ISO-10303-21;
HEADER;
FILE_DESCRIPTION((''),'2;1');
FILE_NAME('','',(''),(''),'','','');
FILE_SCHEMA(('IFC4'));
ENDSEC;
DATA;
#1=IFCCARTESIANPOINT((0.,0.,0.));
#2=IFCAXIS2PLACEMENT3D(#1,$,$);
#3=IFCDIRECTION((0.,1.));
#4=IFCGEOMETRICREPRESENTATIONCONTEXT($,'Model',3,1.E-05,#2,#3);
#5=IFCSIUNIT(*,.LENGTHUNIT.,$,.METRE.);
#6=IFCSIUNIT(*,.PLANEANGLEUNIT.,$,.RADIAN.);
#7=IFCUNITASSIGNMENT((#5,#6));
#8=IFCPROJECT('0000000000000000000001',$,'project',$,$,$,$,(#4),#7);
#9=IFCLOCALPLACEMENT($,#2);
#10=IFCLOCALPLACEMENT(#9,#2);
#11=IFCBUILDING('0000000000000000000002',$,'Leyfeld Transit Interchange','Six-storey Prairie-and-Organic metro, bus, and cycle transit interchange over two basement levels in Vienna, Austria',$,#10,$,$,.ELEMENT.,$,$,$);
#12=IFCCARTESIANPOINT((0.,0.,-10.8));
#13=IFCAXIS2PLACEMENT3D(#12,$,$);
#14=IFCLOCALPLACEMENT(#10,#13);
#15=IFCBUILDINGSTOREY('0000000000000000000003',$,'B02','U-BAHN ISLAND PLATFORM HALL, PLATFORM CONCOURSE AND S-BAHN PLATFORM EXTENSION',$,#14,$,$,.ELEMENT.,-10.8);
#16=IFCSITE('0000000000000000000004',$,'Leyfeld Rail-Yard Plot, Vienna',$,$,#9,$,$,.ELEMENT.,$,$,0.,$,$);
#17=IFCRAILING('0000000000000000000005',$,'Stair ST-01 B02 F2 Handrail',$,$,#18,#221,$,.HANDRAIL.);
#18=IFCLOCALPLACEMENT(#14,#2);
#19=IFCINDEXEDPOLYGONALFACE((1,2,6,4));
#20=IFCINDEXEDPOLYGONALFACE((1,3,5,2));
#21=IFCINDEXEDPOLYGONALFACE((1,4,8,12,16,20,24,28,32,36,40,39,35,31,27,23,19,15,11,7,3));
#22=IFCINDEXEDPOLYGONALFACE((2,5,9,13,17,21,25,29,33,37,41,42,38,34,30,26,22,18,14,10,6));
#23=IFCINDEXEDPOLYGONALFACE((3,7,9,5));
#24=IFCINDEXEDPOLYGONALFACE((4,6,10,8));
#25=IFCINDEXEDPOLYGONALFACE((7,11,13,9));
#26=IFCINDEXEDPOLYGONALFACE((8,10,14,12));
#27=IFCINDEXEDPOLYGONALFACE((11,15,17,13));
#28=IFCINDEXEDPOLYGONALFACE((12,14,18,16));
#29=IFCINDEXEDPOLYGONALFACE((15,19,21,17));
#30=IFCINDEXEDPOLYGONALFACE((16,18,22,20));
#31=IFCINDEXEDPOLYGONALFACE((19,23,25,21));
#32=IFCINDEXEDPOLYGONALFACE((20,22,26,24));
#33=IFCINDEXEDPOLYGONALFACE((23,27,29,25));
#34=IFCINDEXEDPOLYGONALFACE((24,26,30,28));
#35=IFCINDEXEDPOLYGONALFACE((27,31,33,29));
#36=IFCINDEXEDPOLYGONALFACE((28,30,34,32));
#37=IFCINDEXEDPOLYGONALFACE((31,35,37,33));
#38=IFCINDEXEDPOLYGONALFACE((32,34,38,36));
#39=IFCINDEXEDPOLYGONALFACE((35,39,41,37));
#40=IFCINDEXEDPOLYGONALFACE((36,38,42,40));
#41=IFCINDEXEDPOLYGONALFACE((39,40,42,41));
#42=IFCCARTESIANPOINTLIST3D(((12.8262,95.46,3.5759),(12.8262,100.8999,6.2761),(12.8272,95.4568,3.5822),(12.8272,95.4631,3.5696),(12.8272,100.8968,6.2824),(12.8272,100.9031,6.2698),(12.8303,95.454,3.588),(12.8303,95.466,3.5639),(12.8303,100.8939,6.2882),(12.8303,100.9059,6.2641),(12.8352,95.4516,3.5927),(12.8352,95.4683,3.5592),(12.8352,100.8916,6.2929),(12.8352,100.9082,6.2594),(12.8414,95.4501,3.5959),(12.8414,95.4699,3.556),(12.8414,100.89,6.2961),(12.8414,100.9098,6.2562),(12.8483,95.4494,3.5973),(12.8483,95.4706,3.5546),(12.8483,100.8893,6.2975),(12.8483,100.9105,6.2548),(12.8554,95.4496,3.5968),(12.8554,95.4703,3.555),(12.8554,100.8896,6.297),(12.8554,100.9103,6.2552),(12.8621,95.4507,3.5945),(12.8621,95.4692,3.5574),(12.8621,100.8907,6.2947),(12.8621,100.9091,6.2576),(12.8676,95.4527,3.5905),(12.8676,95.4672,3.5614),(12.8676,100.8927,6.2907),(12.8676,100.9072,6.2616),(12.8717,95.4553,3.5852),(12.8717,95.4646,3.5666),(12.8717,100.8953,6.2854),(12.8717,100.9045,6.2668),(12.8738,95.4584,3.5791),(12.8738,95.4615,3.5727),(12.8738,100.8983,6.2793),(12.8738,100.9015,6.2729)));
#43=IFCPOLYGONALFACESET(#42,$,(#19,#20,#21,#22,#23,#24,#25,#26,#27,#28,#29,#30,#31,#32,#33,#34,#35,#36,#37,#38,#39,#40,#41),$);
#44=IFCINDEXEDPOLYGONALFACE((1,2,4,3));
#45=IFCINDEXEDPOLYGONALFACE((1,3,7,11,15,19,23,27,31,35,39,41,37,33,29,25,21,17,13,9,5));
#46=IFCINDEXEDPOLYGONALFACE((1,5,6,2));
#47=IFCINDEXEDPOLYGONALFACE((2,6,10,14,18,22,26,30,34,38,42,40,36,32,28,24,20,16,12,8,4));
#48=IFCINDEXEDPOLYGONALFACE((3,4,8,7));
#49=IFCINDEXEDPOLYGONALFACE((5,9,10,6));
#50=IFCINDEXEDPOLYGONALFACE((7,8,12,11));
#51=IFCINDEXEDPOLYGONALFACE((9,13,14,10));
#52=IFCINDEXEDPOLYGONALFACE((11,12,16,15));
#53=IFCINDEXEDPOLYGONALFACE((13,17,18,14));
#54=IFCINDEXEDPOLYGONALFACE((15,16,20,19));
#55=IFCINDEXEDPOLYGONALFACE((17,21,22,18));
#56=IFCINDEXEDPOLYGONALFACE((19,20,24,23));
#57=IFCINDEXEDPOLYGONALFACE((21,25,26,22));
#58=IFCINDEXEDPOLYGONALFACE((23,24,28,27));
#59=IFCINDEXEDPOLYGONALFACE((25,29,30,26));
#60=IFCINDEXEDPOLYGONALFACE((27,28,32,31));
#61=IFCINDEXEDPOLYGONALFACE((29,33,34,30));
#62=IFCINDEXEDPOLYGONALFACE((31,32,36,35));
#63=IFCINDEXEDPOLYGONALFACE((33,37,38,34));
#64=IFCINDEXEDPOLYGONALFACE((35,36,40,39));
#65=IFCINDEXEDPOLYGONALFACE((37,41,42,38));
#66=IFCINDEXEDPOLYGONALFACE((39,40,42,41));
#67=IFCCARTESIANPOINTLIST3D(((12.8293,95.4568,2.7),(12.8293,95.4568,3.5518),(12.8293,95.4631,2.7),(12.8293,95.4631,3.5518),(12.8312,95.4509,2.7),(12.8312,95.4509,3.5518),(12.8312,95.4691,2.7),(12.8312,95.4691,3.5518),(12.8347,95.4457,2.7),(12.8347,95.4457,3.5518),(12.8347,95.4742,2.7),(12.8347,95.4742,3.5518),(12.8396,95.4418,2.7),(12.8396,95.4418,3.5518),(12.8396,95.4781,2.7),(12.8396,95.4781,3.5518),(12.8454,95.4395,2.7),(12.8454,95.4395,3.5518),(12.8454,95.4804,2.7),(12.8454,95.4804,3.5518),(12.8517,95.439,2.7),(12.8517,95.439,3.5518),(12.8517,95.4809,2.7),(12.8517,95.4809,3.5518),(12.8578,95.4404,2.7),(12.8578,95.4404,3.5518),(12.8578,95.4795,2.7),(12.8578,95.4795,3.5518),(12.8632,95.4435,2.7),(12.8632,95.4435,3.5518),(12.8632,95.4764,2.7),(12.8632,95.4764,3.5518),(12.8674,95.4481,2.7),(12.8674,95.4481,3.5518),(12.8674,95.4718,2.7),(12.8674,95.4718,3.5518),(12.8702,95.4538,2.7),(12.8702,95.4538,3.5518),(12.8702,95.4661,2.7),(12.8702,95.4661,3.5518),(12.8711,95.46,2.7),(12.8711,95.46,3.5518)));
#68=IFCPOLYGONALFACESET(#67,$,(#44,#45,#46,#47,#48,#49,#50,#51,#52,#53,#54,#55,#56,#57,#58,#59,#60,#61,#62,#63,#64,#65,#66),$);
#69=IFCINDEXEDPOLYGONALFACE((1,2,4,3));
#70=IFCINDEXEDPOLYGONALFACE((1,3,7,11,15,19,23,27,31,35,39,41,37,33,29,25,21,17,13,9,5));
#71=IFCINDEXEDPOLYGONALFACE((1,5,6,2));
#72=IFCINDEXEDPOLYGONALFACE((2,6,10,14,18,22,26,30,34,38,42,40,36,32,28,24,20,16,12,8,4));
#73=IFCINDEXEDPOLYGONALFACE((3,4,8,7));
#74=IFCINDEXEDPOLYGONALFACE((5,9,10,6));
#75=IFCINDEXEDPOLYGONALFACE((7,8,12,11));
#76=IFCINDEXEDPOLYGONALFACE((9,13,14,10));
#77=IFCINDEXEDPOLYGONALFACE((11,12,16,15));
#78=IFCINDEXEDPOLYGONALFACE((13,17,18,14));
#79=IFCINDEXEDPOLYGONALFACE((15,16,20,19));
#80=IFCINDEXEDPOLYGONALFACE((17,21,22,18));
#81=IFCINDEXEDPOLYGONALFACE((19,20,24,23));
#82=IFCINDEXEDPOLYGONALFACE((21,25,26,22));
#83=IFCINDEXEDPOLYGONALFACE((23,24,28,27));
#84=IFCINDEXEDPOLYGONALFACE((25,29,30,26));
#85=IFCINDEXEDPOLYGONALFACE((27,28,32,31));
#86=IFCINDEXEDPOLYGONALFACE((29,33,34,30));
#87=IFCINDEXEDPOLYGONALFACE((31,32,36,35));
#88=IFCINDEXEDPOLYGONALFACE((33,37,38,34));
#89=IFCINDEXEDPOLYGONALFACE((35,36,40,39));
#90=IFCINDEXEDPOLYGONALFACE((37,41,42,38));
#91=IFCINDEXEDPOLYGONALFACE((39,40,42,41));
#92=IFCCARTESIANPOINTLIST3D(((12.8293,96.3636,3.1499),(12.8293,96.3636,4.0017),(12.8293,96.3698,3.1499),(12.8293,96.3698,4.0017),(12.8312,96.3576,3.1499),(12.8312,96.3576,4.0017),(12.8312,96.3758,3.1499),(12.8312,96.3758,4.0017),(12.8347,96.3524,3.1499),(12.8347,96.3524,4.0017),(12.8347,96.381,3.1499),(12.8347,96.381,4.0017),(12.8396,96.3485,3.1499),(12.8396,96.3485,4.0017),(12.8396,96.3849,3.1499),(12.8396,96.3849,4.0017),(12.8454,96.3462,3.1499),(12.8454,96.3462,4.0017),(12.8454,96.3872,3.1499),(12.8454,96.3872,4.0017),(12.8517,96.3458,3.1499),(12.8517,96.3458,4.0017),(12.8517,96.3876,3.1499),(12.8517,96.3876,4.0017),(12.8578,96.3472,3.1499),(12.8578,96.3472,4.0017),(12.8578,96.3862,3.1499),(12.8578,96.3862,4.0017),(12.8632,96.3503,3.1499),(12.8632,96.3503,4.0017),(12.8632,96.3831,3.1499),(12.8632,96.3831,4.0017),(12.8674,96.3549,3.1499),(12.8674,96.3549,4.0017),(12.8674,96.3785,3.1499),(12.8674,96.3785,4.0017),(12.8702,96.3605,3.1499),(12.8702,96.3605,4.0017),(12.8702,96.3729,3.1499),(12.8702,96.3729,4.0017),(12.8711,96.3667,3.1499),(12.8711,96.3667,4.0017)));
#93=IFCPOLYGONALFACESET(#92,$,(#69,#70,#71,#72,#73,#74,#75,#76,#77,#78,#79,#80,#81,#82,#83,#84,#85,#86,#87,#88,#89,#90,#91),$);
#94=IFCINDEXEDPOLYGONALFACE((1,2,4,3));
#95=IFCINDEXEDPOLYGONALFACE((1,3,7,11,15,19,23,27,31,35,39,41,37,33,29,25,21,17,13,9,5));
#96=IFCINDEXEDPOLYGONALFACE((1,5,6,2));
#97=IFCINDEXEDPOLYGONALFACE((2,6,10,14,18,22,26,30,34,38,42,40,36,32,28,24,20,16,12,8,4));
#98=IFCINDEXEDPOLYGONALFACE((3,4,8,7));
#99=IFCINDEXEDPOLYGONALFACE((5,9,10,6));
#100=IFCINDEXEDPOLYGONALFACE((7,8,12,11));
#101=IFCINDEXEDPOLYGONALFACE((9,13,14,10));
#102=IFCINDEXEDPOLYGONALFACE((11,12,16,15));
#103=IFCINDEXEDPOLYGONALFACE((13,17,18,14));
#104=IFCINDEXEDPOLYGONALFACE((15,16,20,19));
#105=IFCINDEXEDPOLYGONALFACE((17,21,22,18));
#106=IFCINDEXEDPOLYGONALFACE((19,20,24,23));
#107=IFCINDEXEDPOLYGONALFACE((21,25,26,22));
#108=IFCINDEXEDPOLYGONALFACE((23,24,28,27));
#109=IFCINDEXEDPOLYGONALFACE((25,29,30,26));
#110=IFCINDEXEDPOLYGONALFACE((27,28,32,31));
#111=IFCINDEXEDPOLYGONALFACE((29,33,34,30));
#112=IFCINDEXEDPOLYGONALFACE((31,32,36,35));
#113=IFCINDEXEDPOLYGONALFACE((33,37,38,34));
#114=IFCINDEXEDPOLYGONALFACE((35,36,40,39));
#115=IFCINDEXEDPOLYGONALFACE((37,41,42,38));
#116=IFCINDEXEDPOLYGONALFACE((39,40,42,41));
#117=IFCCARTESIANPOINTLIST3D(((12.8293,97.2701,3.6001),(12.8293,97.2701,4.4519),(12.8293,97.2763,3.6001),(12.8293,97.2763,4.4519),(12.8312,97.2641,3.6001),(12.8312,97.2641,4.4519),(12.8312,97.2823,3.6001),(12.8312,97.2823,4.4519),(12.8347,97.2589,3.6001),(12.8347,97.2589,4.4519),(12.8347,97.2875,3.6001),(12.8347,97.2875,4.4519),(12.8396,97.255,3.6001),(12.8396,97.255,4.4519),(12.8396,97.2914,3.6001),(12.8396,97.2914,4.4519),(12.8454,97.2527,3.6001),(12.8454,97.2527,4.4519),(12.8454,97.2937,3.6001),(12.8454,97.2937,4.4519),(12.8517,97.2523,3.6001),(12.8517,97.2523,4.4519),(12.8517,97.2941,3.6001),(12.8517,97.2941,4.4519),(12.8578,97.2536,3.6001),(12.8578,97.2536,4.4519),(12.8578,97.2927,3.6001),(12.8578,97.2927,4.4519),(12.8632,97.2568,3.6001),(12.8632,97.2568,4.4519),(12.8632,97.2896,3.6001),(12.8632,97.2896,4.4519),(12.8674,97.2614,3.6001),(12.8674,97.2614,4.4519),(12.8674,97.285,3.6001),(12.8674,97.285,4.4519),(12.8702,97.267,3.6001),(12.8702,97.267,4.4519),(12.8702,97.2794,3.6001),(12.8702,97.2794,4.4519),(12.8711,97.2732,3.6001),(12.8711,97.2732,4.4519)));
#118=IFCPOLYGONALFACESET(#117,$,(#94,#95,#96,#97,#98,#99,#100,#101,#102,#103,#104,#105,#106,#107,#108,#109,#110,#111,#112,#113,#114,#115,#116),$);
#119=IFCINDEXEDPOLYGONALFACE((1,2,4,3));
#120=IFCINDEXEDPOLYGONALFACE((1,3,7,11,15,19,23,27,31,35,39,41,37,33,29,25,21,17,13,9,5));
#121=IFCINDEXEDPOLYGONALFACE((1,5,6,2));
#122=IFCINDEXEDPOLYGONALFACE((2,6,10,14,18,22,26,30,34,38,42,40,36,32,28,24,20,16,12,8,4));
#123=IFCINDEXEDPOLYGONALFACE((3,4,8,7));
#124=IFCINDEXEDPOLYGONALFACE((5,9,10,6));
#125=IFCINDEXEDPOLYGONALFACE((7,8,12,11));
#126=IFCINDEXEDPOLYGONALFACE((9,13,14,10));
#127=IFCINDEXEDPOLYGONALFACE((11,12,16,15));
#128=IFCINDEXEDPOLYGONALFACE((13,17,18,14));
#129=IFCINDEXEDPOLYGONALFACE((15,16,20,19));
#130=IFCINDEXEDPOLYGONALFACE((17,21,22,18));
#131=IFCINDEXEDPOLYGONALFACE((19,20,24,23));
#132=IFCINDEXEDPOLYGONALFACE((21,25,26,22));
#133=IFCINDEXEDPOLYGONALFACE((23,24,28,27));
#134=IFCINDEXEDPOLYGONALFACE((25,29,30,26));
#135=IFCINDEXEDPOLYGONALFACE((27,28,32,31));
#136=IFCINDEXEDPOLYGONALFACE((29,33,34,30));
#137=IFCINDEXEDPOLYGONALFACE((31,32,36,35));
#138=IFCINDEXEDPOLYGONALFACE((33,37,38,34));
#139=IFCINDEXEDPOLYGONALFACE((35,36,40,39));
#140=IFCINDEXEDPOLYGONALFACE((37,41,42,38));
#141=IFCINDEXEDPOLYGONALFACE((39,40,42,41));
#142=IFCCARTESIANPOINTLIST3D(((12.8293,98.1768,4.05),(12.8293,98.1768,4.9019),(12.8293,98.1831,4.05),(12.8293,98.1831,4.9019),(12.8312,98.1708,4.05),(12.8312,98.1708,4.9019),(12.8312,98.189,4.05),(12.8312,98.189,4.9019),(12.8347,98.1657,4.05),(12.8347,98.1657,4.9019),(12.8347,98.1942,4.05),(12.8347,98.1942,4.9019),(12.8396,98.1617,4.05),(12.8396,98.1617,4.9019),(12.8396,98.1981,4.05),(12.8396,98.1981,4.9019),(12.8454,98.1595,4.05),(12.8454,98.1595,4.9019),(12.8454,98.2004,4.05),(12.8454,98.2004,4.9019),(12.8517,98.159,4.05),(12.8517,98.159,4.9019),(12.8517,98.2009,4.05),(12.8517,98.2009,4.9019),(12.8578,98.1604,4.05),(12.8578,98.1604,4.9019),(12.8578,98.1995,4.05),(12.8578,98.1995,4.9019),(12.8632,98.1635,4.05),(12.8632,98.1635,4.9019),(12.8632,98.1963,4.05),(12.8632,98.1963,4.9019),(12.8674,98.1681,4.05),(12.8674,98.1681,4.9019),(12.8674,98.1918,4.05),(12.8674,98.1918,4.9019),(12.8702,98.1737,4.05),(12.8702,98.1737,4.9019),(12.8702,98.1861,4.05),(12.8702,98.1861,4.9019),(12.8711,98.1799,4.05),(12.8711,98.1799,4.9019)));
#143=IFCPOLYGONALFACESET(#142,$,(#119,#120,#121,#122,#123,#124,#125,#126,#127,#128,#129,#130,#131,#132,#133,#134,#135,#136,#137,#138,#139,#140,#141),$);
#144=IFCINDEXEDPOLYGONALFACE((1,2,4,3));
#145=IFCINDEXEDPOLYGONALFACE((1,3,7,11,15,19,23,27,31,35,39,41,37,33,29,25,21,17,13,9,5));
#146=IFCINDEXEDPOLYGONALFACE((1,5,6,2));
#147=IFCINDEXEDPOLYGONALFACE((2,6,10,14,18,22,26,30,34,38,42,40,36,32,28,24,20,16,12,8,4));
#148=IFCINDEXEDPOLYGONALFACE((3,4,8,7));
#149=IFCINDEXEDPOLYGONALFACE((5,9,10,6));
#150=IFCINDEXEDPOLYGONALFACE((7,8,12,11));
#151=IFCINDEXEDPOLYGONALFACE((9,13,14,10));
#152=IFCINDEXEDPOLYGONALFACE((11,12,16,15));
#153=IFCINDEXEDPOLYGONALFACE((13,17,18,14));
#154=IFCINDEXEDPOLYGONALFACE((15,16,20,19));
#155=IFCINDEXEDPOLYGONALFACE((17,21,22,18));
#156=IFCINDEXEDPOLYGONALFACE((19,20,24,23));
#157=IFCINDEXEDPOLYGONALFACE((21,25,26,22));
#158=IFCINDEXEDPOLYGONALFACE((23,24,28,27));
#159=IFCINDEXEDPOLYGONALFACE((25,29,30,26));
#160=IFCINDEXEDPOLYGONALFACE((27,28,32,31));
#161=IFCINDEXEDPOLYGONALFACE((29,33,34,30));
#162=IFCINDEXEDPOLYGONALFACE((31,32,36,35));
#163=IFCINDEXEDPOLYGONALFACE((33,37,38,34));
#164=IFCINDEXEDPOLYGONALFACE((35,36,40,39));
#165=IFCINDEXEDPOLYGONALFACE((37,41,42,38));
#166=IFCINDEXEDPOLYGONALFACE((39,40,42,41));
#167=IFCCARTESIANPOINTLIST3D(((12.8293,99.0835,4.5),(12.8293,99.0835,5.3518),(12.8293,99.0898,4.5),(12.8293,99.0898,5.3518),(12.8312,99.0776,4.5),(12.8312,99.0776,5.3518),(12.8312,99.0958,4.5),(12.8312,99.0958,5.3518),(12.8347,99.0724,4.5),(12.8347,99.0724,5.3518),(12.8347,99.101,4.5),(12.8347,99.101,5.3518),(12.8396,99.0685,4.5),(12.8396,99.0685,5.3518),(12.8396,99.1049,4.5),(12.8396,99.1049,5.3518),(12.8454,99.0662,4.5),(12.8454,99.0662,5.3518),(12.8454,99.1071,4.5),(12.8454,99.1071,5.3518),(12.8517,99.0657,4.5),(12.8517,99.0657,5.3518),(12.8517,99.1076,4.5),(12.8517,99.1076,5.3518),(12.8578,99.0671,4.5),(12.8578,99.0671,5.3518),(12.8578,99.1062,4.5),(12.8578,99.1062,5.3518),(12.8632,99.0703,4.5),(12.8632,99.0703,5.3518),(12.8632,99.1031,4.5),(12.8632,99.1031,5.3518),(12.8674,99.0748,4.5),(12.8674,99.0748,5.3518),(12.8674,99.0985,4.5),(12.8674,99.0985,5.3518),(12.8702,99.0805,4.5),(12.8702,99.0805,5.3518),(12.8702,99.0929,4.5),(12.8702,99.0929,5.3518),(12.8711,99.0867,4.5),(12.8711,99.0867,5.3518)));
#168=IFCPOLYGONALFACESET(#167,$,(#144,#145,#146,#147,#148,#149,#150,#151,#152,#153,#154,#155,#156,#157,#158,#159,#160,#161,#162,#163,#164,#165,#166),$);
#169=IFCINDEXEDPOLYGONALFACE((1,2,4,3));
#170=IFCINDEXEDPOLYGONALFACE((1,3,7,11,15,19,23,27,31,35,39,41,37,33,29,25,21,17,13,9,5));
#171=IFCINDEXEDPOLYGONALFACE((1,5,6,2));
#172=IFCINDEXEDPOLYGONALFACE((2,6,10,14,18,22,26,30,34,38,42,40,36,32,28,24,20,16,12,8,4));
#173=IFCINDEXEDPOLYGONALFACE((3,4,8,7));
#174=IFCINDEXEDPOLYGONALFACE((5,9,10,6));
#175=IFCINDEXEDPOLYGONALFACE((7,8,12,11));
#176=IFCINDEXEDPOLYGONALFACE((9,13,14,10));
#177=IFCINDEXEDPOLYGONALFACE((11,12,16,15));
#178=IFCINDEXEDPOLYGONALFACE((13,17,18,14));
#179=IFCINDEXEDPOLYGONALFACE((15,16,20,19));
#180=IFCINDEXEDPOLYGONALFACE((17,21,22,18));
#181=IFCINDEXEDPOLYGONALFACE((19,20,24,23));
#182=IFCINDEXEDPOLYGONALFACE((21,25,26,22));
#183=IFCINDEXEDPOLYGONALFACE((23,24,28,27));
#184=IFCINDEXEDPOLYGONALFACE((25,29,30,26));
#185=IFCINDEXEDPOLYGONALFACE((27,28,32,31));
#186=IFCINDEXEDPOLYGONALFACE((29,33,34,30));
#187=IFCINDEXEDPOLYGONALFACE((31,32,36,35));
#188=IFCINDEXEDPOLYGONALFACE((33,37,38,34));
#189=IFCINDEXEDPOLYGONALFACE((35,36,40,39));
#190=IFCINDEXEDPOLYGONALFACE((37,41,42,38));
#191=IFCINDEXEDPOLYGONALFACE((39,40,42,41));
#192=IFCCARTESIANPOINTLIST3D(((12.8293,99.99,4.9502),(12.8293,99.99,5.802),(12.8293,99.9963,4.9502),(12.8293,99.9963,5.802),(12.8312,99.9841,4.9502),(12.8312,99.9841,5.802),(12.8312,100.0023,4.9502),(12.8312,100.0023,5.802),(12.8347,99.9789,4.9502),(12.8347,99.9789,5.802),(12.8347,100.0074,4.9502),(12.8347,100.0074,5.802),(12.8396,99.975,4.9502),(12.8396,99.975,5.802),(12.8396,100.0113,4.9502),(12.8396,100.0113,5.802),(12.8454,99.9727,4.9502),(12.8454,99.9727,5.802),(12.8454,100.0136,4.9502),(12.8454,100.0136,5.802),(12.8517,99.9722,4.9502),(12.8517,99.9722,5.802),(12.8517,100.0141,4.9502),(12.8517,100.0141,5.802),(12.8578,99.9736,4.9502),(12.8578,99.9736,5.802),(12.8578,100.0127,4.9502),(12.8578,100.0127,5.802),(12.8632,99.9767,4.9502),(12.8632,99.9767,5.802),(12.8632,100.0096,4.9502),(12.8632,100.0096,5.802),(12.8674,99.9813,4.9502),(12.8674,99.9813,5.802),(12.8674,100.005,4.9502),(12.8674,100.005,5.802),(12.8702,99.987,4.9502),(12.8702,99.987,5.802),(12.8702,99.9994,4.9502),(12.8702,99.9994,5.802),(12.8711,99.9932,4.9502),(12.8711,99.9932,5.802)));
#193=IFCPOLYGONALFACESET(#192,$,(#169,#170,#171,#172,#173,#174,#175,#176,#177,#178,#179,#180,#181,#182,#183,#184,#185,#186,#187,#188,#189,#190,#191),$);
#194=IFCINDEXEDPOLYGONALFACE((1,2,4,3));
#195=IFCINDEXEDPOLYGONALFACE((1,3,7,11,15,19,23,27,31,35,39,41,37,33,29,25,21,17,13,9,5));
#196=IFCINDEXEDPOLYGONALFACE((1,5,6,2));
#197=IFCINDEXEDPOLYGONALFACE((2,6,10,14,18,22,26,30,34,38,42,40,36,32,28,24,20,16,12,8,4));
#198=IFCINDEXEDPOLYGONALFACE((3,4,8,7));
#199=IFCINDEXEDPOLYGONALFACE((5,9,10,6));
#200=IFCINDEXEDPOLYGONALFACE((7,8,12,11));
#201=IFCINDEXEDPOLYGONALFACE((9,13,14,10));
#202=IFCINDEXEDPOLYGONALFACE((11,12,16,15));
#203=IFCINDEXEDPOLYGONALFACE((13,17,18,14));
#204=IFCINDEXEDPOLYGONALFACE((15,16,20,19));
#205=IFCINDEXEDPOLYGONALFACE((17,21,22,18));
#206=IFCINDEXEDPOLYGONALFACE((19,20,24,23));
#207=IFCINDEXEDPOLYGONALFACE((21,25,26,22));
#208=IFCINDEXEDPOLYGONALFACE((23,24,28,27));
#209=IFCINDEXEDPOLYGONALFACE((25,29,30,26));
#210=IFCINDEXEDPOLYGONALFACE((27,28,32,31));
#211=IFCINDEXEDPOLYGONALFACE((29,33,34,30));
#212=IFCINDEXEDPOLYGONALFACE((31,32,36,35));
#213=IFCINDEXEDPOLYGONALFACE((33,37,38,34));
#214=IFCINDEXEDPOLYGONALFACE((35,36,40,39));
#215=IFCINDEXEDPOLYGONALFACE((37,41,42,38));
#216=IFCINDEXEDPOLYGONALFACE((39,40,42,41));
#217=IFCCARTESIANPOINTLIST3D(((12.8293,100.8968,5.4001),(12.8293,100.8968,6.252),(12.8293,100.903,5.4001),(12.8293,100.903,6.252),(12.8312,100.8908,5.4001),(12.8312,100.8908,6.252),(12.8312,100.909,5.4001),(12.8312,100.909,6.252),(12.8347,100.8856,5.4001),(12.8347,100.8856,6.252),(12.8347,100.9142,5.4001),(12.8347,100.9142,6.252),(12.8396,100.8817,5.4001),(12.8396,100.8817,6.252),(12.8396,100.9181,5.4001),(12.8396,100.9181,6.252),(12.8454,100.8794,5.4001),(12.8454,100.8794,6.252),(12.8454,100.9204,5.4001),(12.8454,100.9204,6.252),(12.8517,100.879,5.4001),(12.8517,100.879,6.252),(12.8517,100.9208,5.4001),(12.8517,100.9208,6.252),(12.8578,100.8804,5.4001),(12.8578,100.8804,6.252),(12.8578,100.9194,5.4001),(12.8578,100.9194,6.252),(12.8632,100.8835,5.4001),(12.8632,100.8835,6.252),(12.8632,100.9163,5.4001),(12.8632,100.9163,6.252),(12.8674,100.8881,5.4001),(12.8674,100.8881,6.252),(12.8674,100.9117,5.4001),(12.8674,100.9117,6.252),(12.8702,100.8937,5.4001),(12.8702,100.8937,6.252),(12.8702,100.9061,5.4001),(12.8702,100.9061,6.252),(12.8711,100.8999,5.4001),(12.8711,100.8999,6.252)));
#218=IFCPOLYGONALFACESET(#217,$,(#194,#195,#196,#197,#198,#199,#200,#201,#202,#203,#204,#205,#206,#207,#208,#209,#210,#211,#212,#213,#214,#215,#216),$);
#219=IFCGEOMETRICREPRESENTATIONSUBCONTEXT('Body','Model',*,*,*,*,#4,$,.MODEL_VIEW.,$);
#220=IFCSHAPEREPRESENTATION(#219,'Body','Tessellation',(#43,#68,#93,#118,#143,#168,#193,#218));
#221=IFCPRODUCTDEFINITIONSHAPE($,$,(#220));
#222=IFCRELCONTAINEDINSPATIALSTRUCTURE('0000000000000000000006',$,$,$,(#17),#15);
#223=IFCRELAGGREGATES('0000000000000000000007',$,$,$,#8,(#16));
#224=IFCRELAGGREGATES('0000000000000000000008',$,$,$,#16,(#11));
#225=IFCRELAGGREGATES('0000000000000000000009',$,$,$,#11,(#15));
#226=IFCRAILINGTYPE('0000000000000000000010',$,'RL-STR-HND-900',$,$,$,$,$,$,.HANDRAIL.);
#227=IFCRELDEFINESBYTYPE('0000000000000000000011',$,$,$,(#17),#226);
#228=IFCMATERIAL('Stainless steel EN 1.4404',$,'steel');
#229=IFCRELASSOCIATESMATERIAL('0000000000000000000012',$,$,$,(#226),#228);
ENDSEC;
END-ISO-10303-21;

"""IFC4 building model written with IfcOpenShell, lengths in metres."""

from ifc_helpers import new_model, si_unit, direction, frame, origin, origin_2d, place, context, subcontext, project, spatial, circle, extrude, material, type_object, element, save


model = new_model("IFC4")

# Units and contexts
model_context = context("Model", 3, precision=1e-05, world=origin(), true_north=direction((0.0, 1.0)))
body_context = subcontext(model_context, "Body", "Model", "MODEL_VIEW")
ifc_project = project(units=[si_unit("LENGTHUNIT", "METRE"), si_unit("PLANEANGLEUNIT", "RADIAN")], contexts=[model_context])

# Site, building, storey
site_placement = place(None, origin())
site = spatial("IfcSite", under=ifc_project, at=site_placement, Name="Leyfeld Rail-Yard Plot, Vienna", CompositionType="ELEMENT", RefElevation=0.0)
building_placement = place(site_placement, origin())
building = spatial("IfcBuilding", under=site, at=building_placement, Name="Leyfeld Transit Interchange", Description="Six-storey Prairie-and-Organic metro, bus, and cycle transit interchange over two basement levels in Vienna, Austria", CompositionType="ELEMENT")
storey_placement = place(building_placement, frame((0.0, 0.0, -10.8)))
storey = spatial("IfcBuildingStorey", under=building, at=storey_placement, Name="B02", Description="U-BAHN ISLAND PLATFORM HALL, PLATFORM CONCOURSE AND S-BAHN PLATFORM EXTENSION", CompositionType="ELEMENT", Elevation=-10.8)

# Shared definitions
ifc_material_1 = material(Name="Stainless steel EN 1.4404", Category="steel")

# Railing
railing_type_1 = type_object("IfcRailingType", Name="RL-STR-HND-900", PredefinedType="HANDRAIL", material=ifc_material_1)
railing_1_placement = place(storey_placement, frame((12.8501, 95.46, 2.7)))
element("IfcRailing", 1, at=railing_1_placement, inside=storey, type_object=railing_type_1, Name="Stair ST-01 B02 F2 Handrail", PredefinedType="HANDRAIL", context=body_context, shape_type="SweptSolid", body=[
    extrude(circle(Radius=0.0239, at=origin_2d()), frame((0.0, 0.0, 0.876), z_axis=(0.0, 0.895726, 0.444607), x_axis=(-1.0, 0.0, 0.0)), (0.0, 0.0, 1.0), 6.0732),
    extrude(circle(Radius=0.021, at=origin_2d()), origin(), (0.0, 0.0, 1.0), 0.8518),
    extrude(circle(Radius=0.021, at=origin_2d()), frame((0.0, 0.9067, 0.45)), (0.0, 0.0, 1.0), 0.8518),
    extrude(circle(Radius=0.021, at=origin_2d()), frame((0.0, 1.8132, 0.9001)), (0.0, 0.0, 1.0), 0.8518),
    extrude(circle(Radius=0.021, at=origin_2d()), frame((0.0, 2.72, 1.3501)), (0.0, 0.0, 1.0), 0.8518),
    extrude(circle(Radius=0.021, at=origin_2d()), frame((0.0, 3.6267, 1.8)), (0.0, 0.0, 1.0), 0.8518),
    extrude(circle(Radius=0.021, at=origin_2d()), frame((0.0, 4.5332, 2.2502)), (0.0, 0.0, 1.0), 0.8518),
    extrude(circle(Radius=0.021, at=origin_2d()), frame((0.0, 5.4399, 2.7002)), (0.0, 0.0, 1.0), 0.8518),
])

save(model, "model.ifc")
